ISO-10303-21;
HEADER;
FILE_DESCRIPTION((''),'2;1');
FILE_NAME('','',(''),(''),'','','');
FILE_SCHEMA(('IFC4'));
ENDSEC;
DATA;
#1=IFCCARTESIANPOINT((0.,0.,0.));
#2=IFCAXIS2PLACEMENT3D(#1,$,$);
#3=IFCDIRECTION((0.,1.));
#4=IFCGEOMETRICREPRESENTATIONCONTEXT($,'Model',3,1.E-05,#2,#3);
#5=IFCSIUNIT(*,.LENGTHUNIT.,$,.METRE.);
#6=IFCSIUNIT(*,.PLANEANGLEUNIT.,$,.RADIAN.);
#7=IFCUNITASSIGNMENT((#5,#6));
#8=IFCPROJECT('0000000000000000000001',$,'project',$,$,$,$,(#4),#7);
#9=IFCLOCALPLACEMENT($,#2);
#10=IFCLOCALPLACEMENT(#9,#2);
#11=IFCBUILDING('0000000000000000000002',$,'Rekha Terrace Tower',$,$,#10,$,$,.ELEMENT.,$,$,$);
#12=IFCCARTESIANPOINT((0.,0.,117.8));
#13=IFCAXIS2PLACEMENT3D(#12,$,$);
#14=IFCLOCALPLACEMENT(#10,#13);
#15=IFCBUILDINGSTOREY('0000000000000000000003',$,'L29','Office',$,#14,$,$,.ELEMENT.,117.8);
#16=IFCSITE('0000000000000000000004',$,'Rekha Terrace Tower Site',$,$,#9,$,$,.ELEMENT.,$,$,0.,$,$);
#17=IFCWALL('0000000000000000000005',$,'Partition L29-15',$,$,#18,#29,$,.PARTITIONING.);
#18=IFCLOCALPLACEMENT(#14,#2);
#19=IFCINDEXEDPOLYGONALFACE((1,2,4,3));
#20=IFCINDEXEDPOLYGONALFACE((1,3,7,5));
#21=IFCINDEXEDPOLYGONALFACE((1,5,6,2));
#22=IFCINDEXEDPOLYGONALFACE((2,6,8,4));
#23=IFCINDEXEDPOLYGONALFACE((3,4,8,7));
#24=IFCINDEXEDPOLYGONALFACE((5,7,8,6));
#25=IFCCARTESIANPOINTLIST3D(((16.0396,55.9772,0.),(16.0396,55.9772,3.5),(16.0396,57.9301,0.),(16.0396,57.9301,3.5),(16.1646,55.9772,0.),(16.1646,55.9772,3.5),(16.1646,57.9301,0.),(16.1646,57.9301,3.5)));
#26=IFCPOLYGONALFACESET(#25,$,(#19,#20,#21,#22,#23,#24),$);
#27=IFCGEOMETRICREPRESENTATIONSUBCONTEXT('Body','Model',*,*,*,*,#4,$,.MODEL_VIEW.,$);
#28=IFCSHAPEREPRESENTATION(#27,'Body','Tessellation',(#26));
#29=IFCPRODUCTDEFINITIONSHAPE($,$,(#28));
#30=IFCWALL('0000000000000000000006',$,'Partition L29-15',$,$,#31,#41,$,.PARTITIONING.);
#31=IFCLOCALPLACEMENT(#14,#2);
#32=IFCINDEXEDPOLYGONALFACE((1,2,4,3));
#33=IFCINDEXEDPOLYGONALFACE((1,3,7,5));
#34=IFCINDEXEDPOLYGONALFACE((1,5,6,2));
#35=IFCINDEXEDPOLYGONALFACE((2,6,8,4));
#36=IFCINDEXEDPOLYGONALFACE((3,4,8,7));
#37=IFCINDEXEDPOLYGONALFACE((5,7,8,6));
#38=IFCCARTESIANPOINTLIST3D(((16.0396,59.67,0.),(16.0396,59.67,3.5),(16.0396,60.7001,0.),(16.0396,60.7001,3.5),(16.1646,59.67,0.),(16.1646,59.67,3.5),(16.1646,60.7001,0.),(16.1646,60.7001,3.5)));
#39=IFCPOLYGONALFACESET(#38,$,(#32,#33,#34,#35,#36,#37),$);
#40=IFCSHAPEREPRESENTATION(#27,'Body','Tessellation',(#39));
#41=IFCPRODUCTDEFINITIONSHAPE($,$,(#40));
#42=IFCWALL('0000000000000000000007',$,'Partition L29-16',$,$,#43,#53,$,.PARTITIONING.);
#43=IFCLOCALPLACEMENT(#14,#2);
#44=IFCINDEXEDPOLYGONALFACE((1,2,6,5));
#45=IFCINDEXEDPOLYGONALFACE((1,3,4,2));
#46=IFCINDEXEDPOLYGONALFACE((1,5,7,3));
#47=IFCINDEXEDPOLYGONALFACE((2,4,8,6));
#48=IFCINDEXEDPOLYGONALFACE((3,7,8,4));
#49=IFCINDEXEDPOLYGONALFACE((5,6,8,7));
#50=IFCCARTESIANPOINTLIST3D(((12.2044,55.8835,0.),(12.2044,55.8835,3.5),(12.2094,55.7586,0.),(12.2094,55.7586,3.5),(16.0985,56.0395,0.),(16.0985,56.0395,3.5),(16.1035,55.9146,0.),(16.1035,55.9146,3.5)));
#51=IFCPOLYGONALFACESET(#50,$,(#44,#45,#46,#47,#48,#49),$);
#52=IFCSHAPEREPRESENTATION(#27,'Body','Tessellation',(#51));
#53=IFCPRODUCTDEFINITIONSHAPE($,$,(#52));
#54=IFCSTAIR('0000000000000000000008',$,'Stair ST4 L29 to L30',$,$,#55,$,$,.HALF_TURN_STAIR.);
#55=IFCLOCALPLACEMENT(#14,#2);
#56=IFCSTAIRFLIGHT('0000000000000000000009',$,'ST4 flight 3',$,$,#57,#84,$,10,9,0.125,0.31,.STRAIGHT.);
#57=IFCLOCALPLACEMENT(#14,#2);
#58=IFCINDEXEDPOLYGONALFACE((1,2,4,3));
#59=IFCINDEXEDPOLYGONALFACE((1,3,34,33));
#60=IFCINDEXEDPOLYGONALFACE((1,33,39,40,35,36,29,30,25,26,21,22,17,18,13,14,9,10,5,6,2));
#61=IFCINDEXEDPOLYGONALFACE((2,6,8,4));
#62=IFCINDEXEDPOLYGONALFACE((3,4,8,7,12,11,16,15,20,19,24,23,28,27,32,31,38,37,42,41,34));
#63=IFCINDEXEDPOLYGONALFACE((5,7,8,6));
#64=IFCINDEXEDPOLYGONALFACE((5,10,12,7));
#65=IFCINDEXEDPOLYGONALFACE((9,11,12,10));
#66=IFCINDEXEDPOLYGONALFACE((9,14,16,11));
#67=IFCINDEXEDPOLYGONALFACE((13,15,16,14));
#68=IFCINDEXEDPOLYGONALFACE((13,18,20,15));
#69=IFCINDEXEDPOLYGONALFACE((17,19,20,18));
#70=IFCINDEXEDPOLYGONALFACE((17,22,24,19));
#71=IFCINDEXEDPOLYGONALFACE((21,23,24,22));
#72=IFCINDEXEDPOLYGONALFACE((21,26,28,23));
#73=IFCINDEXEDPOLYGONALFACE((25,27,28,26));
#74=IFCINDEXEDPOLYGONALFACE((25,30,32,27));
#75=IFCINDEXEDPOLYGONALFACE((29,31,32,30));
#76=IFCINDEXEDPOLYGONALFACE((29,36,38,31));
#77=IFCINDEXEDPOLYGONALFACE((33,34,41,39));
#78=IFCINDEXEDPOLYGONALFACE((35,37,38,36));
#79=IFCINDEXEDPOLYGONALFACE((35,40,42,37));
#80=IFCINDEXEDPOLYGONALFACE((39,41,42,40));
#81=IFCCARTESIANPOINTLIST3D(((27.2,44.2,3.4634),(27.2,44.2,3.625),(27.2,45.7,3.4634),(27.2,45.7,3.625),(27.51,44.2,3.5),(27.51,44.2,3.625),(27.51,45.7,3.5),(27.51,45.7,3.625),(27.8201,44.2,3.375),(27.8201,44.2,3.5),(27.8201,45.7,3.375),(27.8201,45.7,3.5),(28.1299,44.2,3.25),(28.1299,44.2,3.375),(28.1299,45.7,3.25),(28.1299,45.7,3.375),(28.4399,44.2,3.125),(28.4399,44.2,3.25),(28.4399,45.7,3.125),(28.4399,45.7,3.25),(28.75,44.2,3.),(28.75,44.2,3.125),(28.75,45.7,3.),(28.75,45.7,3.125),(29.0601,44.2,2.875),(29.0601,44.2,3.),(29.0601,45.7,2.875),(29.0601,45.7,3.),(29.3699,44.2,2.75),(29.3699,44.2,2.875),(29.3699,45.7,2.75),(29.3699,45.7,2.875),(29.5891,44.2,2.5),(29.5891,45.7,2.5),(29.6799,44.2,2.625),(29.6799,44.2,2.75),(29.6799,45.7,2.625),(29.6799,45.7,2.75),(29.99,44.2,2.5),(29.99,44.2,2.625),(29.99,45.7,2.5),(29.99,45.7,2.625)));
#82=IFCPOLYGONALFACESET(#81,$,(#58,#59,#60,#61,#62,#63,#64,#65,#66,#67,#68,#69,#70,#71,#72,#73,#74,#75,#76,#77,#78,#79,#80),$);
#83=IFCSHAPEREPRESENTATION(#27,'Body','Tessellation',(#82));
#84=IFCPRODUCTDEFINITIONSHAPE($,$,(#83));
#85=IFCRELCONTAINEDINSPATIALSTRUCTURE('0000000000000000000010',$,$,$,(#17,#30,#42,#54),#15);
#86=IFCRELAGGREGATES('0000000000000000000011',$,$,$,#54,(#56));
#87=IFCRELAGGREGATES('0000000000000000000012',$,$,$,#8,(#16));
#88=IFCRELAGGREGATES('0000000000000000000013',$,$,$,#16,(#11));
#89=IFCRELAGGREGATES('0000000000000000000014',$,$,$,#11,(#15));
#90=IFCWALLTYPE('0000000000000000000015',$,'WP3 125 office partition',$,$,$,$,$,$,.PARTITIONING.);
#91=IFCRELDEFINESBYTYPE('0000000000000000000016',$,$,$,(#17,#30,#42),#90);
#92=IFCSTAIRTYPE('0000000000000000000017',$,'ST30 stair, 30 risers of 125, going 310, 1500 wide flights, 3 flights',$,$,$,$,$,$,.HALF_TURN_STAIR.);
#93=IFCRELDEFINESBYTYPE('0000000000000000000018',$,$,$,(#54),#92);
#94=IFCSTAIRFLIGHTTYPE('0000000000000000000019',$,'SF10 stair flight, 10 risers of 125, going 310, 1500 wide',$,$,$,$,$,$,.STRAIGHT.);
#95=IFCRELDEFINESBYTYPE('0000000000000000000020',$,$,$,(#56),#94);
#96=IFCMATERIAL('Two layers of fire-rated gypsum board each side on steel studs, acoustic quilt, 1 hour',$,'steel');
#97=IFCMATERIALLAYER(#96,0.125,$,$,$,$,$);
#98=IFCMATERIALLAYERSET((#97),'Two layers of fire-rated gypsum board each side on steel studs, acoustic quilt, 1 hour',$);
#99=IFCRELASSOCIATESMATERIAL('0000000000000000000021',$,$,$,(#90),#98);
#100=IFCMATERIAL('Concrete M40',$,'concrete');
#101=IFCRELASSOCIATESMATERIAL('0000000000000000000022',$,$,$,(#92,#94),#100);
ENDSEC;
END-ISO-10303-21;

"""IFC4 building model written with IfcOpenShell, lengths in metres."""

from ifc_helpers import new_model, si_unit, direction, frame, frame_2d, origin, place, context, subcontext, project, spatial, polyline, rectangle, outline, extrude, material, layer, layer_set, type_object, element, aggregate, save


model = new_model("IFC4")

# Units and contexts
model_context = context("Model", 3, precision=1e-05, world=origin(), true_north=direction((0.0, 1.0)))
body_context = subcontext(model_context, "Body", "Model", "MODEL_VIEW")
ifc_project = project(units=[si_unit("LENGTHUNIT", "METRE"), si_unit("PLANEANGLEUNIT", "RADIAN")], contexts=[model_context])

# Site, building, storey
site_placement = place(None, origin())
site = spatial("IfcSite", under=ifc_project, at=site_placement, Name="Rekha Terrace Tower Site", CompositionType="ELEMENT", RefElevation=0.0)
building_placement = place(site_placement, origin())
building = spatial("IfcBuilding", under=site, at=building_placement, Name="Rekha Terrace Tower", CompositionType="ELEMENT")
storey_placement = place(building_placement, frame((0.0, 0.0, 117.8)))
storey = spatial("IfcBuildingStorey", under=building, at=storey_placement, Name="L29", Description="Office", CompositionType="ELEMENT", Elevation=117.8)

# Shared definitions
ifc_material_1 = material(Name="Two layers of fire-rated gypsum board each side on steel studs, acoustic quilt, 1 hour", Category="steel")
ifc_layer_1 = layer(ifc_material_1, 0.125)
ifc_layer_set_1 = layer_set([ifc_layer_1], Name="Two layers of fire-rated gypsum board each side on steel studs, acoustic quilt, 1 hour")
wall_type_1 = type_object("IfcWallType", Name="WP3 125 office partition", PredefinedType="PARTITIONING", material=ifc_layer_set_1)

# Walls
wall_1_placement = place(storey_placement, frame((16.1021, 55.9771, 0.0), z_axis=(0.0, 0.0, 1.0), x_axis=(0.0, 1.0, 0.0)))
element("IfcWall", 1, at=wall_1_placement, inside=storey, type_object=wall_type_1, Name="Partition L29-15", PredefinedType="PARTITIONING", context=body_context, shape_type="SweptSolid", body=[
    extrude(rectangle(XDim=1.9529, YDim=0.125, at=frame_2d((0.9766, 0.0))), origin(), (0.0, 0.0, 1.0), 3.5),
])
wall_2_placement = place(storey_placement, frame((16.1021, 59.6699, 0.0), z_axis=(0.0, 0.0, 1.0), x_axis=(0.0, 1.0, 0.0)))
element("IfcWall", 2, at=wall_2_placement, inside=storey, type_object=wall_type_1, Name="Partition L29-15", PredefinedType="PARTITIONING", context=body_context, shape_type="SweptSolid", body=[
    extrude(rectangle(XDim=1.03, YDim=0.125, at=frame_2d((0.5151, 0.0))), origin(), (0.0, 0.0, 1.0), 3.5),
])
wall_3_placement = place(storey_placement, frame((16.1011, 55.9771, 0.0), z_axis=(0.0, 0.0, 1.0), x_axis=(-0.999198, -0.040031, 0.0)))
element("IfcWall", 3, at=wall_3_placement, inside=storey, type_object=wall_type_1, Name="Partition L29-16", PredefinedType="PARTITIONING", context=body_context, shape_type="SweptSolid", body=[
    extrude(rectangle(XDim=3.8972, YDim=0.125, at=frame_2d((1.9487, 0.0))), origin(), (0.0, 0.0, 1.0), 3.5),
])

# Stair, stair flight
ifc_material_2 = material(Name="Concrete M40", Category="concrete")
stair_type = type_object("IfcStairType", Name="ST30 stair, 30 risers of 125, going 310, 1500 wide flights, 3 flights", PredefinedType="HALF_TURN_STAIR", material=ifc_material_2)
stair_placement = place(storey_placement, origin())
stair = element("IfcStair", 4, at=stair_placement, inside=storey, type_object=stair_type, Name="Stair ST4 L29 to L30", PredefinedType="HALF_TURN_STAIR")
stair_flight_type = type_object("IfcStairFlightType", Name="SF10 stair flight, 10 risers of 125, going 310, 1500 wide", PredefinedType="STRAIGHT", material=ifc_material_2)
stair_flight_placement = place(storey_placement, frame((29.99, 44.95, 2.5), z_axis=(0.0, 0.0, 1.0), x_axis=(-1.0, 0.0, 0.0)))
stair_flight = element("IfcStairFlight", 5, at=stair_flight_placement, type_object=stair_flight_type, Name="ST4 flight 3", NumberOfRisers=10, NumberOfTreads=9, PredefinedType="STRAIGHT", RiserHeight=0.125, TreadLength=0.31, context=body_context, shape_type="SweptSolid", body=[
    extrude(outline(polyline([(0.0, 0.0), (0.0, 0.125), (0.3101, 0.125), (0.3101, 0.25), (0.6201, 0.25), (0.6201, 0.375), (0.9299, 0.375), (0.9299, 0.5), (1.24, 0.5), (1.24, 0.625), (1.55, 0.625), (1.55, 0.75), (1.8601, 0.75), (1.8601, 0.875), (2.1699, 0.875), (2.1699, 1.0), (2.48, 1.0), (2.48, 1.125), (2.79, 1.125), (2.79, 1.25), (2.79, 0.9634), (0.4009, 0.0), (0.0, 0.0)])), frame((0.0, 0.75, 0.0), z_axis=(0.0, -1.0, 0.0), x_axis=(1.0, 0.0, 0.0)), (0.0, 0.0, 1.0), 1.5),
])
aggregate(stair, [stair_flight])

save(model, "model.ifc")
